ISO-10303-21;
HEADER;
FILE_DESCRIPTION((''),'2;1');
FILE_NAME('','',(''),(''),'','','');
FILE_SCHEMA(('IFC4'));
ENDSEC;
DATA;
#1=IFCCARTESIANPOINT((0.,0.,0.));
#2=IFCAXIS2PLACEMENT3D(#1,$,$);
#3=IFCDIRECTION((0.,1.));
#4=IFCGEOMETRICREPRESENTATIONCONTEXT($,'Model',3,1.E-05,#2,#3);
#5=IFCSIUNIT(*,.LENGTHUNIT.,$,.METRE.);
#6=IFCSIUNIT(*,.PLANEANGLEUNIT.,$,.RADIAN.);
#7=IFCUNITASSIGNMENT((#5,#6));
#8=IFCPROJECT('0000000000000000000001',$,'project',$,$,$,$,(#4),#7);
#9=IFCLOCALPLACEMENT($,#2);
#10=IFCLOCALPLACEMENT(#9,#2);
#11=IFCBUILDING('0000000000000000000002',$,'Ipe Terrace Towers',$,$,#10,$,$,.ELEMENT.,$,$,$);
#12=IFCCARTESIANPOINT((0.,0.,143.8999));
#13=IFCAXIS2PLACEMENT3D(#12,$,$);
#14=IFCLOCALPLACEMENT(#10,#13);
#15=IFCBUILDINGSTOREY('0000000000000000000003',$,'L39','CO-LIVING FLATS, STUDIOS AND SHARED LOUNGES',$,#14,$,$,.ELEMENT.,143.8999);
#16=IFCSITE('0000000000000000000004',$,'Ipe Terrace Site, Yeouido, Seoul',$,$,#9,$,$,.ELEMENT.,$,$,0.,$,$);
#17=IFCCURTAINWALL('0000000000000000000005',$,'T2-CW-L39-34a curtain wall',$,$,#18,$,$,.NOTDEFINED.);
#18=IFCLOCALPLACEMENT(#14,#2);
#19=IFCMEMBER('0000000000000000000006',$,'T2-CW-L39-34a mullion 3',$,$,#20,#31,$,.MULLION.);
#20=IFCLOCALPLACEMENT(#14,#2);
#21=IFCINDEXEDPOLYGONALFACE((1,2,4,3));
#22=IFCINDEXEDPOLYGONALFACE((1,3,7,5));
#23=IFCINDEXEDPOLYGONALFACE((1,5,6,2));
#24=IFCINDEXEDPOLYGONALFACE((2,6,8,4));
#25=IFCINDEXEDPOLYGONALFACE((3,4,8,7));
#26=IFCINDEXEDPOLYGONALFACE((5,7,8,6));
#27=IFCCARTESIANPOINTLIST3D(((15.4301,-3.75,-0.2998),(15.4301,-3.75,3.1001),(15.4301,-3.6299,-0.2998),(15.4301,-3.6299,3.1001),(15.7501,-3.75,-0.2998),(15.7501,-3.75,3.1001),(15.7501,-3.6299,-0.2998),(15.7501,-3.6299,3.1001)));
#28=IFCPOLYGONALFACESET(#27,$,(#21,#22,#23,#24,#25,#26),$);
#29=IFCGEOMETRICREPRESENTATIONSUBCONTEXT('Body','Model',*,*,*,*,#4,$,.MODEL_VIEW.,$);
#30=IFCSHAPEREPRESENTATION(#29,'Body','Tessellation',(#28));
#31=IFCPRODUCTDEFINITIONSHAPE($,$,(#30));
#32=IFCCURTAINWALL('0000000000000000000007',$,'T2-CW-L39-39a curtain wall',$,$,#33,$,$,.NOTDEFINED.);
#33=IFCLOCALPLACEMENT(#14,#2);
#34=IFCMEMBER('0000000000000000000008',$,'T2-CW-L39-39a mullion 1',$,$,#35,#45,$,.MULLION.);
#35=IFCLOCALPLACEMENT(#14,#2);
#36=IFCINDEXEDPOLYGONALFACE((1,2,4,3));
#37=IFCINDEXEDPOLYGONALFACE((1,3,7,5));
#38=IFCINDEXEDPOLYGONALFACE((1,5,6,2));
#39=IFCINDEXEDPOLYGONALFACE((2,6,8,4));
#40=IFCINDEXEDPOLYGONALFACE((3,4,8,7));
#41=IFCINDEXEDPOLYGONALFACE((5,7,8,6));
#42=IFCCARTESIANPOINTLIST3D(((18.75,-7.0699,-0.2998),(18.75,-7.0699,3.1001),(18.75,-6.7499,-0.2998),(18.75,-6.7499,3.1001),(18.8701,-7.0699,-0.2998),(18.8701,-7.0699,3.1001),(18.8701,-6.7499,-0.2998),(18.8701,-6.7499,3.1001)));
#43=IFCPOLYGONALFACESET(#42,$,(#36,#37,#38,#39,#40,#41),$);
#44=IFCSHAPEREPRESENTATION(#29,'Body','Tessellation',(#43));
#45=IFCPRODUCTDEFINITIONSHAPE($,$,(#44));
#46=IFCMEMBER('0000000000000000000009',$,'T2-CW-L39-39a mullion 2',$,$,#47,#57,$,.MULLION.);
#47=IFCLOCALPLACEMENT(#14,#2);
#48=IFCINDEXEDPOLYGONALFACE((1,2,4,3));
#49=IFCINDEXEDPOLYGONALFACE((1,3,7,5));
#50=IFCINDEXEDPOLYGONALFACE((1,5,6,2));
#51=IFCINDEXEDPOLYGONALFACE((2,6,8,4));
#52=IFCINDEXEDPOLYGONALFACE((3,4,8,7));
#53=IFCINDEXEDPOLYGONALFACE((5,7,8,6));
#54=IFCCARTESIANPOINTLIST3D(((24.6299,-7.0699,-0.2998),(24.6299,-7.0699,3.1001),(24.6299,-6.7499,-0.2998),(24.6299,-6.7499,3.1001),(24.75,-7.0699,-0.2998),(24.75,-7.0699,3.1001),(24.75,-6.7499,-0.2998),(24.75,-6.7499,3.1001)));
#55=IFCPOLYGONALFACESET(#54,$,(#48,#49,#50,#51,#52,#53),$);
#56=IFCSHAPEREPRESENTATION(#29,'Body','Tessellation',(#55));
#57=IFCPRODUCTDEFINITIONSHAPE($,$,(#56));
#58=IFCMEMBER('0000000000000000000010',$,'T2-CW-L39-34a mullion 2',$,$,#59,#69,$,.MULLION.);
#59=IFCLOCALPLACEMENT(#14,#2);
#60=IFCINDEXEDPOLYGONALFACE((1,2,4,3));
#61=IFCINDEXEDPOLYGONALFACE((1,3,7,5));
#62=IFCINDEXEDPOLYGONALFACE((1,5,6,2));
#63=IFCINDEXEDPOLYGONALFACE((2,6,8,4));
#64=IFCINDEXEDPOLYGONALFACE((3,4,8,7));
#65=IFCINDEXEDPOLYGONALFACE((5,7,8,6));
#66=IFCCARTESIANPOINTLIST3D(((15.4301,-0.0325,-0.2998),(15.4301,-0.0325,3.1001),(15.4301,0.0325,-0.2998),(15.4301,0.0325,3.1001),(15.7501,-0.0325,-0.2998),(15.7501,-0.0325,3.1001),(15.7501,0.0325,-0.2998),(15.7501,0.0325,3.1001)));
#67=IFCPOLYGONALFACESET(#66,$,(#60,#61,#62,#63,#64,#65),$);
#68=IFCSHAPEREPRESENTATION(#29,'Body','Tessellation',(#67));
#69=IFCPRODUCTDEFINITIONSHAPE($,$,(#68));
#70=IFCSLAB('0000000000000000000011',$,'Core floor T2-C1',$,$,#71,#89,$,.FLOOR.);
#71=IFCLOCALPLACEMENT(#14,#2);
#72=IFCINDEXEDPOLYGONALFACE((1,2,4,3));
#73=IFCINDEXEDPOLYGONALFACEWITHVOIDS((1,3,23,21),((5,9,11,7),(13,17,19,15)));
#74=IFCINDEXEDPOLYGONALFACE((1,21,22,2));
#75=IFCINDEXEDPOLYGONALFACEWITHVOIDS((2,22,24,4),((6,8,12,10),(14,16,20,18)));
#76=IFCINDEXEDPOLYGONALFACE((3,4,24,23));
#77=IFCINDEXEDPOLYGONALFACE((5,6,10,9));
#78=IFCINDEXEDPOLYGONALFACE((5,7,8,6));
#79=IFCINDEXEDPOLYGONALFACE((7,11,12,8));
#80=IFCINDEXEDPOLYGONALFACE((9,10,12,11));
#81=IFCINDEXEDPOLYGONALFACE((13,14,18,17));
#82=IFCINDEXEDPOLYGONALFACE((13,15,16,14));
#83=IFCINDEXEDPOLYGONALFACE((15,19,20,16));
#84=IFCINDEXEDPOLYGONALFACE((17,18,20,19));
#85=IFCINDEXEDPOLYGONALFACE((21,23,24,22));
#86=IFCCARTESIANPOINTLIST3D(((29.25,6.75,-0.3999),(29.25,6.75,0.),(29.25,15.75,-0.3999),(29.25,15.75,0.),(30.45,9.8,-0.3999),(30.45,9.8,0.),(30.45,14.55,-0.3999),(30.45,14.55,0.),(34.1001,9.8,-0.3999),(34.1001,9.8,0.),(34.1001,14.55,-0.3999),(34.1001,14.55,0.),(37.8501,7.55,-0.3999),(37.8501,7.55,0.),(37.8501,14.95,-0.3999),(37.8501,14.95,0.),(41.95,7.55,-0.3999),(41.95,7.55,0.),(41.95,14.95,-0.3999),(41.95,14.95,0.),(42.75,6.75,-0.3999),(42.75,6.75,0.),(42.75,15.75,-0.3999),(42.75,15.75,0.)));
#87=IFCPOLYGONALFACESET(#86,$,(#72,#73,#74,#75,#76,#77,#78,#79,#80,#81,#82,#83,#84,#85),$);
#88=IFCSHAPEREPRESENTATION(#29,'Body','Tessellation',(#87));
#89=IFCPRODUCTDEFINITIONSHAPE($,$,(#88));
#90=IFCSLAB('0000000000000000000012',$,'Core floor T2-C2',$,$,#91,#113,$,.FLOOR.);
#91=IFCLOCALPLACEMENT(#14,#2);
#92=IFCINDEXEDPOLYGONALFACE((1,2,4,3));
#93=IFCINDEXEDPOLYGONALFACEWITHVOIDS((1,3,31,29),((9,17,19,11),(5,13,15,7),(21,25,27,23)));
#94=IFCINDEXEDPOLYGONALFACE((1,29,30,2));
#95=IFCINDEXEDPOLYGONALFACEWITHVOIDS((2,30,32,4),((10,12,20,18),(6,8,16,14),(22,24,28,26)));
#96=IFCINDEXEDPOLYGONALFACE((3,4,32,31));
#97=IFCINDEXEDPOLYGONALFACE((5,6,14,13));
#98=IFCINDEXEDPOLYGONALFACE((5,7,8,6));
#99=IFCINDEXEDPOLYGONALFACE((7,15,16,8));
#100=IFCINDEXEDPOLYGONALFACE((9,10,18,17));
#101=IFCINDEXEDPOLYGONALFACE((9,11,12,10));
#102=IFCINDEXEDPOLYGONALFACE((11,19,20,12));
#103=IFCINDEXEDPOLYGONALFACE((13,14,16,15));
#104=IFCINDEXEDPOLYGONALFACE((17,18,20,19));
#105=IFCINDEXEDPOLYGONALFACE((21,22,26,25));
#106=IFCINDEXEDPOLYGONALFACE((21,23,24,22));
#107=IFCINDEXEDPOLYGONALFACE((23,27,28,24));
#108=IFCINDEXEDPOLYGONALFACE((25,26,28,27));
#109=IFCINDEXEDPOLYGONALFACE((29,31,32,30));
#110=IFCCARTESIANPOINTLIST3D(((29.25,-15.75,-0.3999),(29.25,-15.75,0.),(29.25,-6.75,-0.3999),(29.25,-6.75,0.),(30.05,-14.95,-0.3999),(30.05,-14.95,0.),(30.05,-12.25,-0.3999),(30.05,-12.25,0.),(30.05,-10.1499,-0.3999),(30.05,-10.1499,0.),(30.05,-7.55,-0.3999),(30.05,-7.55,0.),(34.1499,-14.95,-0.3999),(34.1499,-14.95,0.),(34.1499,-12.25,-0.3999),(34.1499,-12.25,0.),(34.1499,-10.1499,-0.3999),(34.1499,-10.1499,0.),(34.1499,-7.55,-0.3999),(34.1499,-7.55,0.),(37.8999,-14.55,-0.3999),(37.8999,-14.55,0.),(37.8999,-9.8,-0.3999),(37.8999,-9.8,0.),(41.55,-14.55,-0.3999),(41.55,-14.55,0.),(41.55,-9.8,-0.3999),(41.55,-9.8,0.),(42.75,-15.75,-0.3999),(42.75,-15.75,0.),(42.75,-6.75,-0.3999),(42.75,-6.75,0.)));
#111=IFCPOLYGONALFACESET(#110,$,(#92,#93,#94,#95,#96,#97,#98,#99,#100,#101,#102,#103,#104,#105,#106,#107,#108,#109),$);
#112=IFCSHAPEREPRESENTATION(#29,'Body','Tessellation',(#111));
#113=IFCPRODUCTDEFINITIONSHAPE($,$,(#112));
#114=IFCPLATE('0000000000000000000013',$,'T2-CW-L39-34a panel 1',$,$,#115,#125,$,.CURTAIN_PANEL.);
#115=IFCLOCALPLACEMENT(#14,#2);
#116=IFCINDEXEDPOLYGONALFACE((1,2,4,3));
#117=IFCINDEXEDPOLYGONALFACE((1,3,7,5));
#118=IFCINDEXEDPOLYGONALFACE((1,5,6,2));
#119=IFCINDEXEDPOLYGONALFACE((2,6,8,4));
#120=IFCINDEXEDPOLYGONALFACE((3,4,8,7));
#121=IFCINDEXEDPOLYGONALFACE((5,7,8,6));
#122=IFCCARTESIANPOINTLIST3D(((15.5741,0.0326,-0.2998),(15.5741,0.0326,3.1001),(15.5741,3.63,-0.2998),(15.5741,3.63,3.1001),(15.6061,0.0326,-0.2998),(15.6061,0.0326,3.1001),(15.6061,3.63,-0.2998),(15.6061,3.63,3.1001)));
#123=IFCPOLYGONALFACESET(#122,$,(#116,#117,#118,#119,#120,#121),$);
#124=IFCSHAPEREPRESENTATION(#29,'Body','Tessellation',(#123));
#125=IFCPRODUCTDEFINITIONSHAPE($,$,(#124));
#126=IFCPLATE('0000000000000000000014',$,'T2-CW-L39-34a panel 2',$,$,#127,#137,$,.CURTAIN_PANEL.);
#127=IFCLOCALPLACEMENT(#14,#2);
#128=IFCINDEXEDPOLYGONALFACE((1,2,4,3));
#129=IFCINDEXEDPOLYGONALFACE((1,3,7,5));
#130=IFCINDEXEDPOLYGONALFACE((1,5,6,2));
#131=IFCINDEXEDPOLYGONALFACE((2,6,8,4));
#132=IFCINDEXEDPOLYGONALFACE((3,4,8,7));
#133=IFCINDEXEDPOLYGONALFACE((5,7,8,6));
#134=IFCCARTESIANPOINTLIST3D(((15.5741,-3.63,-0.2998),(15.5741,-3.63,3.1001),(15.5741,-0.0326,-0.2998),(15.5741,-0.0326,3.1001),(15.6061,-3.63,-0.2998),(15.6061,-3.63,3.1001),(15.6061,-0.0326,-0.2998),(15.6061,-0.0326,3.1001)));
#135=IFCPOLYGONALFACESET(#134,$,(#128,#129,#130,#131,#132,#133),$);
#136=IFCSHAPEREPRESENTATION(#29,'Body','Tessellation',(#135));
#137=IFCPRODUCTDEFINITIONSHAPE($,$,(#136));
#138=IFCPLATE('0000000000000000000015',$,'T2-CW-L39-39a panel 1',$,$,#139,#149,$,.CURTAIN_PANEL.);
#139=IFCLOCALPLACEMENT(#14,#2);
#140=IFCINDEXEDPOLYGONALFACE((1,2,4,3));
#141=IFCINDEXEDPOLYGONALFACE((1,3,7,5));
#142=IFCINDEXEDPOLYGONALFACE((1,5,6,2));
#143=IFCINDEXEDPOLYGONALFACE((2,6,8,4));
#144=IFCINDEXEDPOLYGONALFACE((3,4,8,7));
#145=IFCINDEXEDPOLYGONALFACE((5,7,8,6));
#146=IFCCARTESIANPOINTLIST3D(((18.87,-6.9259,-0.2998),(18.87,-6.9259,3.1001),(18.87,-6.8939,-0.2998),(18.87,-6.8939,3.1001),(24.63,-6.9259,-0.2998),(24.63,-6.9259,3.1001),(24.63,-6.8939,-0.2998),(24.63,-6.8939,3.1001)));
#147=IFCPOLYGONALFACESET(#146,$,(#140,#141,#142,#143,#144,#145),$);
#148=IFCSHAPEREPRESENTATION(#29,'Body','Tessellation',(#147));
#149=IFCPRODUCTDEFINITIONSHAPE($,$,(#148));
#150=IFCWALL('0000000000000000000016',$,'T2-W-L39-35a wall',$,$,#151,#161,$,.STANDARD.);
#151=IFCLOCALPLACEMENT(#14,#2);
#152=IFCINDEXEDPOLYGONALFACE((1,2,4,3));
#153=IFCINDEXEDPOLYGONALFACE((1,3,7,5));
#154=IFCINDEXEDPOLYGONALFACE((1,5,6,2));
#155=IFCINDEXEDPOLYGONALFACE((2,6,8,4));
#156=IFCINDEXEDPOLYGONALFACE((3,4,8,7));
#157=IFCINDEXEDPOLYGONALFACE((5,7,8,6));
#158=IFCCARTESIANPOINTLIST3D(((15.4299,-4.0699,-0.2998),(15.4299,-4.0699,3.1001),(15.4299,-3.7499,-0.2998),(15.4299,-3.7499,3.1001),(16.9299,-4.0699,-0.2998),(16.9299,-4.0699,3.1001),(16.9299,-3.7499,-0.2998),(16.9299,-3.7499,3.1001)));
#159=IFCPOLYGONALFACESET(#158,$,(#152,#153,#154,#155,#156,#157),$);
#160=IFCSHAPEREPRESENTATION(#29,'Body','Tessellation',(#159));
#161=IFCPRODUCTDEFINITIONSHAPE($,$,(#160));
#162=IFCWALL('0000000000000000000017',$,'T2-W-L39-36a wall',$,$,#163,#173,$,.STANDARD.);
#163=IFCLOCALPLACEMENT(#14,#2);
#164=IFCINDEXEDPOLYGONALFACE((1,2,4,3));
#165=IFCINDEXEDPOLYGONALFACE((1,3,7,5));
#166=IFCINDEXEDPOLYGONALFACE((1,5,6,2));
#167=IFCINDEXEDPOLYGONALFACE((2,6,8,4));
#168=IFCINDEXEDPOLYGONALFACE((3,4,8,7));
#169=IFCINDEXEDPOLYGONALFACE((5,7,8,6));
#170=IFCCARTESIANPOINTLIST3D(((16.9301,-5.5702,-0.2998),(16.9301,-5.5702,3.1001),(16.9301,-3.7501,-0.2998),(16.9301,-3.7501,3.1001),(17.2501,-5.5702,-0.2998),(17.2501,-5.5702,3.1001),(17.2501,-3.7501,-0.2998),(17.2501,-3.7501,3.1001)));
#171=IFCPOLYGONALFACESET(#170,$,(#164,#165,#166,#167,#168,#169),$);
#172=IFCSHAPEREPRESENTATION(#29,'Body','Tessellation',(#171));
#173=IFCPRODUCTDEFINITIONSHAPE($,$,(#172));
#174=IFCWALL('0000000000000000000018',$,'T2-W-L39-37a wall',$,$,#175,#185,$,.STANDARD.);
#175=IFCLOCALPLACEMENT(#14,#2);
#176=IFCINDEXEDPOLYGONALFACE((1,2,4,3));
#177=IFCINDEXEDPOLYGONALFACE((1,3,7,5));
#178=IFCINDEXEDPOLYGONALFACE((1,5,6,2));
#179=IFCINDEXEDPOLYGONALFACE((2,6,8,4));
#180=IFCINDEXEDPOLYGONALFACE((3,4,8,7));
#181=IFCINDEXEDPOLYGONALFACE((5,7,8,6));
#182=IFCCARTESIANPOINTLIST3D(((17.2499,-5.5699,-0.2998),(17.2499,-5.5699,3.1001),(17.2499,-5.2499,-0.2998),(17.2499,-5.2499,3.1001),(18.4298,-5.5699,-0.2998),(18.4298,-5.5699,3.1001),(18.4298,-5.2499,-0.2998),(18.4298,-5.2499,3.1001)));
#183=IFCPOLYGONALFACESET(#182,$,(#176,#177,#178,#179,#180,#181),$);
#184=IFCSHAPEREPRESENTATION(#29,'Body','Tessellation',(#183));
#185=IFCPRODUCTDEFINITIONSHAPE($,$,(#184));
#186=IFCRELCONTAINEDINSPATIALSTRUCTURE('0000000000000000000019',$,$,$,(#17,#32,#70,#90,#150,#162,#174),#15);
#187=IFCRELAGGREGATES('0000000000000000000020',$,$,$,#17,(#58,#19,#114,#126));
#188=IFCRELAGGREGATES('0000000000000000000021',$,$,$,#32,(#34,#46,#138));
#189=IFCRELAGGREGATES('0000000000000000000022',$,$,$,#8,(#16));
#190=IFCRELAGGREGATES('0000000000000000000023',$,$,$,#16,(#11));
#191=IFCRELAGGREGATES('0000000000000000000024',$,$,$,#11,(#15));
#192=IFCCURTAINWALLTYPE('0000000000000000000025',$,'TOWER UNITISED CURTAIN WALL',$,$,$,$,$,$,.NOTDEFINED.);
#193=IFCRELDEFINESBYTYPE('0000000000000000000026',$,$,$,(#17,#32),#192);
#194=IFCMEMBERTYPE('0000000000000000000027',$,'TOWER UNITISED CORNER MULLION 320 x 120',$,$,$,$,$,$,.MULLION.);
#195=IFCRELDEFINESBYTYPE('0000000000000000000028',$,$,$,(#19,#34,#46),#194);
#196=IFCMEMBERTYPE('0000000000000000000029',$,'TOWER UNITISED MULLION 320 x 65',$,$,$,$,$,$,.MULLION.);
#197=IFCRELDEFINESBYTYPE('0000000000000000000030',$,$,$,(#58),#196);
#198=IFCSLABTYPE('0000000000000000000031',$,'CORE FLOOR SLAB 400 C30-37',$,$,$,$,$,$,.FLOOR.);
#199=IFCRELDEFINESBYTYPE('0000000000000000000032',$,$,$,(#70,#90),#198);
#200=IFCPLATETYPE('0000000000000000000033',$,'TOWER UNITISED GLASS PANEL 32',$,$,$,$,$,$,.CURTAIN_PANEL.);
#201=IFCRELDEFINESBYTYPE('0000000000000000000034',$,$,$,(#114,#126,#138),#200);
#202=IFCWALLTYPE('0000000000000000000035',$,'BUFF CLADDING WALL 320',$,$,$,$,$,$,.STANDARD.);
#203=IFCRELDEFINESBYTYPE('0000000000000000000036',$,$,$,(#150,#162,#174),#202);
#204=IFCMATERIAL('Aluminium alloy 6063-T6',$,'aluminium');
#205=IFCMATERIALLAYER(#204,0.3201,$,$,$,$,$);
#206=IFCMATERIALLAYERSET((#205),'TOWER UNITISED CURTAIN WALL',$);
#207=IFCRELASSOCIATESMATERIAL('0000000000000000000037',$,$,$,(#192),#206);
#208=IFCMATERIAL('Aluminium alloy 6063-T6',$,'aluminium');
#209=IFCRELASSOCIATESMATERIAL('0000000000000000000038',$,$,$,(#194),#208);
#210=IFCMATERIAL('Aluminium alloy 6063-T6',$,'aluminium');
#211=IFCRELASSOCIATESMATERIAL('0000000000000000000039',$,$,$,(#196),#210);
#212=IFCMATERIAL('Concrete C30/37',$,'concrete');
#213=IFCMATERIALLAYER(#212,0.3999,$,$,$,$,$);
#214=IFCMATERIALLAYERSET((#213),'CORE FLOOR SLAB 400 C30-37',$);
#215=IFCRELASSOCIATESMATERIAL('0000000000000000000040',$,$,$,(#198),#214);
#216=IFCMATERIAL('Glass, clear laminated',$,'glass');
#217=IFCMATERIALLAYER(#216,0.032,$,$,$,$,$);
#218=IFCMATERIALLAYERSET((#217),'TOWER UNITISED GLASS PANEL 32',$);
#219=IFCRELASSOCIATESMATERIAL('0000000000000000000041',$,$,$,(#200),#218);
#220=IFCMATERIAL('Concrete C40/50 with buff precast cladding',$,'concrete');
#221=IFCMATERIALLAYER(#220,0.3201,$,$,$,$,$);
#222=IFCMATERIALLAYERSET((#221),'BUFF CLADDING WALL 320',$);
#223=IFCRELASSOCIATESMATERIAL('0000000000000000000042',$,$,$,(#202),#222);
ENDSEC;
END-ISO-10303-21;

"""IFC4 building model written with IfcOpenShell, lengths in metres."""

from ifc_helpers import new_model, si_unit, direction, frame, frame_2d, origin, origin_2d, place, context, subcontext, project, spatial, polyline, rectangle, outline, extrude, material, layer, layer_set, material_profile, profile_set, type_object, element, aggregate, save


model = new_model("IFC4")

# Units and contexts
model_context = context("Model", 3, precision=1e-05, world=origin(), true_north=direction((0.0, 1.0)))
body_context = subcontext(model_context, "Body", "Model", "MODEL_VIEW")
ifc_project = project(units=[si_unit("LENGTHUNIT", "METRE"), si_unit("PLANEANGLEUNIT", "RADIAN")], contexts=[model_context])

# Site, building, storey
site_placement = place(None, origin())
site = spatial("IfcSite", under=ifc_project, at=site_placement, Name="Ipe Terrace Site, Yeouido, Seoul", CompositionType="ELEMENT", RefElevation=0.0)
building_placement = place(site_placement, origin())
building = spatial("IfcBuilding", under=site, at=building_placement, Name="Ipe Terrace Towers", CompositionType="ELEMENT")
storey_placement = place(building_placement, frame((0.0, 0.0, 143.8999)))
storey = spatial("IfcBuildingStorey", under=building, at=storey_placement, Name="L39", Description="CO-LIVING FLATS, STUDIOS AND SHARED LOUNGES", CompositionType="ELEMENT", Elevation=143.8999)

# Curtain wall, member
ifc_material_1 = material(Name="Aluminium alloy 6063-T6", Category="aluminium")
ifc_layer_1 = layer(ifc_material_1, 0.3201)
ifc_layer_set_1 = layer_set([ifc_layer_1], Name="TOWER UNITISED CURTAIN WALL")
curtain_wall_type = type_object("IfcCurtainWallType", Name="TOWER UNITISED CURTAIN WALL", PredefinedType="NOTDEFINED", material=ifc_layer_set_1)
curtain_wall_1_placement = place(storey_placement, origin())
curtain_wall_1 = element("IfcCurtainWall", 1, at=curtain_wall_1_placement, inside=storey, type_object=curtain_wall_type, Name="T2-CW-L39-34a curtain wall", PredefinedType="NOTDEFINED")
ifc_material_2 = material(Name="Aluminium alloy 6063-T6", Category="aluminium")
ifc_material_profile_1 = material_profile(ifc_material_2, rectangle(XDim=0.3201, YDim=0.1201, at=origin_2d()), Name="TOWER UNITISED CORNER MULLION 320 x 120")
ifc_profile_set_1 = profile_set([ifc_material_profile_1], Name="Aluminium alloy 6063-T6")
member_type_1 = type_object("IfcMemberType", Name="TOWER UNITISED CORNER MULLION 320 x 120", PredefinedType="MULLION", material=ifc_profile_set_1)
member_1_placement = place(storey_placement, frame((15.5901, -3.6899, -0.2998), z_axis=(0.0, 0.0, 1.0), x_axis=(-1.0, 0.0, 0.0)))
member_1 = element("IfcMember", 2, at=member_1_placement, type_object=member_type_1, Name="T2-CW-L39-34a mullion 3", PredefinedType="MULLION", context=body_context, shape_type="SweptSolid", body=[
    extrude(rectangle(XDim=0.3201, YDim=0.1201, at=origin_2d()), origin(), (0.0, 0.0, 1.0), 3.3999),
])

# Curtain wall, members
curtain_wall_2_placement = place(storey_placement, origin())
curtain_wall_2 = element("IfcCurtainWall", 3, at=curtain_wall_2_placement, inside=storey, type_object=curtain_wall_type, Name="T2-CW-L39-39a curtain wall", PredefinedType="NOTDEFINED")
member_2_placement = place(storey_placement, frame((18.8101, -6.9099, -0.2998), z_axis=(0.0, 0.0, 1.0), x_axis=(0.0, -1.0, 0.0)))
member_2 = element("IfcMember", 4, at=member_2_placement, type_object=member_type_1, Name="T2-CW-L39-39a mullion 1", PredefinedType="MULLION", context=body_context, shape_type="SweptSolid", body=[
    extrude(rectangle(XDim=0.3201, YDim=0.1201, at=origin_2d()), origin(), (0.0, 0.0, 1.0), 3.3999),
])
member_3_placement = place(storey_placement, frame((24.6899, -6.9099, -0.2998), z_axis=(0.0, 0.0, 1.0), x_axis=(0.0, -1.0, 0.0)))
member_3 = element("IfcMember", 5, at=member_3_placement, type_object=member_type_1, Name="T2-CW-L39-39a mullion 2", PredefinedType="MULLION", context=body_context, shape_type="SweptSolid", body=[
    extrude(rectangle(XDim=0.3201, YDim=0.1201, at=origin_2d()), origin(), (0.0, 0.0, 1.0), 3.3999),
])

# Member
ifc_material_3 = material(Name="Aluminium alloy 6063-T6", Category="aluminium")
ifc_material_profile_2 = material_profile(ifc_material_3, rectangle(XDim=0.3201, YDim=0.0649, at=origin_2d()), Name="TOWER UNITISED MULLION 320 x 65")
ifc_profile_set_2 = profile_set([ifc_material_profile_2], Name="Aluminium alloy 6063-T6")
member_type_2 = type_object("IfcMemberType", Name="TOWER UNITISED MULLION 320 x 65", PredefinedType="MULLION", material=ifc_profile_set_2)
member_4_placement = place(storey_placement, frame((15.5901, 0.0, -0.2998), z_axis=(0.0, 0.0, 1.0), x_axis=(-1.0, 0.0, 0.0)))
member_4 = element("IfcMember", 6, at=member_4_placement, type_object=member_type_2, Name="T2-CW-L39-34a mullion 2", PredefinedType="MULLION", context=body_context, shape_type="SweptSolid", body=[
    extrude(rectangle(XDim=0.3201, YDim=0.0649, at=origin_2d()), origin(), (0.0, 0.0, 1.0), 3.3999),
])

# Slabs
ifc_material_4 = material(Name="Concrete C30/37", Category="concrete")
ifc_layer_2 = layer(ifc_material_4, 0.3999)
ifc_layer_set_2 = layer_set([ifc_layer_2], Name="CORE FLOOR SLAB 400 C30-37")
slab_type = type_object("IfcSlabType", Name="CORE FLOOR SLAB 400 C30-37", PredefinedType="FLOOR", material=ifc_layer_set_2)
slab_1_placement = place(storey_placement, frame((0.0, 0.0, -0.3999)))
element("IfcSlab", 7, at=slab_1_placement, inside=storey, type_object=slab_type, Name="Core floor T2-C1", PredefinedType="FLOOR", context=body_context, shape_type="SweptSolid", body=[
    extrude(outline(polyline([(29.25, 6.75), (29.25, 15.75), (42.75, 15.75), (42.75, 6.75), (29.25, 6.75)]), holes=[polyline([(41.95, 7.55), (41.95, 14.95), (37.8501, 14.95), (37.8501, 7.55), (41.95, 7.55)]), polyline([(30.45, 9.8), (34.1001, 9.8), (34.1001, 14.55), (30.45, 14.55), (30.45, 9.8)])]), origin(), (0.0, 0.0, 1.0), 0.3999),
])
slab_2_placement = place(storey_placement, frame((0.0, 0.0, -0.3999)))
element("IfcSlab", 8, at=slab_2_placement, inside=storey, type_object=slab_type, Name="Core floor T2-C2", PredefinedType="FLOOR", context=body_context, shape_type="SweptSolid", body=[
    extrude(outline(polyline([(29.25, -15.75), (29.25, -6.75), (42.75, -6.75), (42.75, -15.75), (29.25, -15.75)]), holes=[polyline([(30.05, -12.25), (30.05, -14.95), (34.1499, -14.95), (34.1499, -12.25), (30.05, -12.25)]), polyline([(41.55, -9.8), (37.8999, -9.8), (37.8999, -14.55), (41.55, -14.55), (41.55, -9.8)]), polyline([(34.1499, -7.55), (30.05, -7.55), (30.05, -10.1499), (34.1499, -10.1499), (34.1499, -7.55)])]), origin(), (0.0, 0.0, 1.0), 0.3999),
])

# Plates
ifc_material_5 = material(Name="Glass, clear laminated", Category="glass")
ifc_layer_3 = layer(ifc_material_5, 0.032)
ifc_layer_set_3 = layer_set([ifc_layer_3], Name="TOWER UNITISED GLASS PANEL 32")
plate_type = type_object("IfcPlateType", Name="TOWER UNITISED GLASS PANEL 32", PredefinedType="CURTAIN_PANEL", material=ifc_layer_set_3)
plate_1_placement = place(storey_placement, frame((15.5901, 1.8313, -0.2998), z_axis=(0.0, 0.0, 1.0), x_axis=(0.0, -1.0, 0.0)))
plate_1 = element("IfcPlate", 9, at=plate_1_placement, type_object=plate_type, Name="T2-CW-L39-34a panel 1", PredefinedType="CURTAIN_PANEL", context=body_context, shape_type="SweptSolid", body=[
    extrude(rectangle(XDim=3.5974, YDim=0.032, at=origin_2d()), origin(), (0.0, 0.0, 1.0), 3.3999),
])
plate_2_placement = place(storey_placement, frame((15.5901, -1.8313, -0.2998), z_axis=(0.0, 0.0, 1.0), x_axis=(0.0, -1.0, 0.0)))
plate_2 = element("IfcPlate", 10, at=plate_2_placement, type_object=plate_type, Name="T2-CW-L39-34a panel 2", PredefinedType="CURTAIN_PANEL", context=body_context, shape_type="SweptSolid", body=[
    extrude(rectangle(XDim=3.5974, YDim=0.032, at=origin_2d()), origin(), (0.0, 0.0, 1.0), 3.3999),
])
aggregate(curtain_wall_1, [member_4, member_1, plate_1, plate_2])
plate_3_placement = place(storey_placement, frame((21.75, -6.9099, -0.2998), z_axis=(0.0, 0.0, 1.0), x_axis=(1.0, 0.0, 0.0)))
plate_3 = element("IfcPlate", 11, at=plate_3_placement, type_object=plate_type, Name="T2-CW-L39-39a panel 1", PredefinedType="CURTAIN_PANEL", context=body_context, shape_type="SweptSolid", body=[
    extrude(rectangle(XDim=5.76, YDim=0.032, at=origin_2d()), origin(), (0.0, 0.0, 1.0), 3.3999),
])
aggregate(curtain_wall_2, [member_2, member_3, plate_3])

# Walls
ifc_material_6 = material(Name="Concrete C40/50 with buff precast cladding", Category="concrete")
ifc_layer_4 = layer(ifc_material_6, 0.3201)
ifc_layer_set_4 = layer_set([ifc_layer_4], Name="BUFF CLADDING WALL 320")
wall_type_1 = type_object("IfcWallType", Name="BUFF CLADDING WALL 320", PredefinedType="STANDARD", material=ifc_layer_set_4)
wall_1_placement = place(storey_placement, frame((15.4299, -3.9099, -0.2998), z_axis=(0.0, 0.0, 1.0), x_axis=(1.0, 0.0, 0.0)))
element("IfcWall", 12, at=wall_1_placement, inside=storey, type_object=wall_type_1, Name="T2-W-L39-35a wall", PredefinedType="STANDARD", context=body_context, shape_type="SweptSolid", body=[
    extrude(rectangle(XDim=1.5, YDim=0.3201, at=frame_2d((0.75, 0.0))), origin(), (0.0, 0.0, 1.0), 3.3999),
])
wall_2_placement = place(storey_placement, frame((17.0901, -3.75, -0.2998), z_axis=(0.0, 0.0, 1.0), x_axis=(0.0, -1.0, 0.0)))
element("IfcWall", 13, at=wall_2_placement, inside=storey, type_object=wall_type_1, Name="T2-W-L39-36a wall", PredefinedType="STANDARD", context=body_context, shape_type="SweptSolid", body=[
    extrude(rectangle(XDim=1.8201, YDim=0.3201, at=frame_2d((0.9102, 0.0))), origin(), (0.0, 0.0, 1.0), 3.3999),
])
wall_3_placement = place(storey_placement, frame((17.25, -5.4099, -0.2998), z_axis=(0.0, 0.0, 1.0), x_axis=(1.0, 0.0, 0.0)))
element("IfcWall", 14, at=wall_3_placement, inside=storey, type_object=wall_type_1, Name="T2-W-L39-37a wall", PredefinedType="STANDARD", context=body_context, shape_type="SweptSolid", body=[
    extrude(rectangle(XDim=1.1799, YDim=0.3201, at=frame_2d((0.5898, 0.0))), origin(), (0.0, 0.0, 1.0), 3.3999),
])

save(model, "model.ifc")
